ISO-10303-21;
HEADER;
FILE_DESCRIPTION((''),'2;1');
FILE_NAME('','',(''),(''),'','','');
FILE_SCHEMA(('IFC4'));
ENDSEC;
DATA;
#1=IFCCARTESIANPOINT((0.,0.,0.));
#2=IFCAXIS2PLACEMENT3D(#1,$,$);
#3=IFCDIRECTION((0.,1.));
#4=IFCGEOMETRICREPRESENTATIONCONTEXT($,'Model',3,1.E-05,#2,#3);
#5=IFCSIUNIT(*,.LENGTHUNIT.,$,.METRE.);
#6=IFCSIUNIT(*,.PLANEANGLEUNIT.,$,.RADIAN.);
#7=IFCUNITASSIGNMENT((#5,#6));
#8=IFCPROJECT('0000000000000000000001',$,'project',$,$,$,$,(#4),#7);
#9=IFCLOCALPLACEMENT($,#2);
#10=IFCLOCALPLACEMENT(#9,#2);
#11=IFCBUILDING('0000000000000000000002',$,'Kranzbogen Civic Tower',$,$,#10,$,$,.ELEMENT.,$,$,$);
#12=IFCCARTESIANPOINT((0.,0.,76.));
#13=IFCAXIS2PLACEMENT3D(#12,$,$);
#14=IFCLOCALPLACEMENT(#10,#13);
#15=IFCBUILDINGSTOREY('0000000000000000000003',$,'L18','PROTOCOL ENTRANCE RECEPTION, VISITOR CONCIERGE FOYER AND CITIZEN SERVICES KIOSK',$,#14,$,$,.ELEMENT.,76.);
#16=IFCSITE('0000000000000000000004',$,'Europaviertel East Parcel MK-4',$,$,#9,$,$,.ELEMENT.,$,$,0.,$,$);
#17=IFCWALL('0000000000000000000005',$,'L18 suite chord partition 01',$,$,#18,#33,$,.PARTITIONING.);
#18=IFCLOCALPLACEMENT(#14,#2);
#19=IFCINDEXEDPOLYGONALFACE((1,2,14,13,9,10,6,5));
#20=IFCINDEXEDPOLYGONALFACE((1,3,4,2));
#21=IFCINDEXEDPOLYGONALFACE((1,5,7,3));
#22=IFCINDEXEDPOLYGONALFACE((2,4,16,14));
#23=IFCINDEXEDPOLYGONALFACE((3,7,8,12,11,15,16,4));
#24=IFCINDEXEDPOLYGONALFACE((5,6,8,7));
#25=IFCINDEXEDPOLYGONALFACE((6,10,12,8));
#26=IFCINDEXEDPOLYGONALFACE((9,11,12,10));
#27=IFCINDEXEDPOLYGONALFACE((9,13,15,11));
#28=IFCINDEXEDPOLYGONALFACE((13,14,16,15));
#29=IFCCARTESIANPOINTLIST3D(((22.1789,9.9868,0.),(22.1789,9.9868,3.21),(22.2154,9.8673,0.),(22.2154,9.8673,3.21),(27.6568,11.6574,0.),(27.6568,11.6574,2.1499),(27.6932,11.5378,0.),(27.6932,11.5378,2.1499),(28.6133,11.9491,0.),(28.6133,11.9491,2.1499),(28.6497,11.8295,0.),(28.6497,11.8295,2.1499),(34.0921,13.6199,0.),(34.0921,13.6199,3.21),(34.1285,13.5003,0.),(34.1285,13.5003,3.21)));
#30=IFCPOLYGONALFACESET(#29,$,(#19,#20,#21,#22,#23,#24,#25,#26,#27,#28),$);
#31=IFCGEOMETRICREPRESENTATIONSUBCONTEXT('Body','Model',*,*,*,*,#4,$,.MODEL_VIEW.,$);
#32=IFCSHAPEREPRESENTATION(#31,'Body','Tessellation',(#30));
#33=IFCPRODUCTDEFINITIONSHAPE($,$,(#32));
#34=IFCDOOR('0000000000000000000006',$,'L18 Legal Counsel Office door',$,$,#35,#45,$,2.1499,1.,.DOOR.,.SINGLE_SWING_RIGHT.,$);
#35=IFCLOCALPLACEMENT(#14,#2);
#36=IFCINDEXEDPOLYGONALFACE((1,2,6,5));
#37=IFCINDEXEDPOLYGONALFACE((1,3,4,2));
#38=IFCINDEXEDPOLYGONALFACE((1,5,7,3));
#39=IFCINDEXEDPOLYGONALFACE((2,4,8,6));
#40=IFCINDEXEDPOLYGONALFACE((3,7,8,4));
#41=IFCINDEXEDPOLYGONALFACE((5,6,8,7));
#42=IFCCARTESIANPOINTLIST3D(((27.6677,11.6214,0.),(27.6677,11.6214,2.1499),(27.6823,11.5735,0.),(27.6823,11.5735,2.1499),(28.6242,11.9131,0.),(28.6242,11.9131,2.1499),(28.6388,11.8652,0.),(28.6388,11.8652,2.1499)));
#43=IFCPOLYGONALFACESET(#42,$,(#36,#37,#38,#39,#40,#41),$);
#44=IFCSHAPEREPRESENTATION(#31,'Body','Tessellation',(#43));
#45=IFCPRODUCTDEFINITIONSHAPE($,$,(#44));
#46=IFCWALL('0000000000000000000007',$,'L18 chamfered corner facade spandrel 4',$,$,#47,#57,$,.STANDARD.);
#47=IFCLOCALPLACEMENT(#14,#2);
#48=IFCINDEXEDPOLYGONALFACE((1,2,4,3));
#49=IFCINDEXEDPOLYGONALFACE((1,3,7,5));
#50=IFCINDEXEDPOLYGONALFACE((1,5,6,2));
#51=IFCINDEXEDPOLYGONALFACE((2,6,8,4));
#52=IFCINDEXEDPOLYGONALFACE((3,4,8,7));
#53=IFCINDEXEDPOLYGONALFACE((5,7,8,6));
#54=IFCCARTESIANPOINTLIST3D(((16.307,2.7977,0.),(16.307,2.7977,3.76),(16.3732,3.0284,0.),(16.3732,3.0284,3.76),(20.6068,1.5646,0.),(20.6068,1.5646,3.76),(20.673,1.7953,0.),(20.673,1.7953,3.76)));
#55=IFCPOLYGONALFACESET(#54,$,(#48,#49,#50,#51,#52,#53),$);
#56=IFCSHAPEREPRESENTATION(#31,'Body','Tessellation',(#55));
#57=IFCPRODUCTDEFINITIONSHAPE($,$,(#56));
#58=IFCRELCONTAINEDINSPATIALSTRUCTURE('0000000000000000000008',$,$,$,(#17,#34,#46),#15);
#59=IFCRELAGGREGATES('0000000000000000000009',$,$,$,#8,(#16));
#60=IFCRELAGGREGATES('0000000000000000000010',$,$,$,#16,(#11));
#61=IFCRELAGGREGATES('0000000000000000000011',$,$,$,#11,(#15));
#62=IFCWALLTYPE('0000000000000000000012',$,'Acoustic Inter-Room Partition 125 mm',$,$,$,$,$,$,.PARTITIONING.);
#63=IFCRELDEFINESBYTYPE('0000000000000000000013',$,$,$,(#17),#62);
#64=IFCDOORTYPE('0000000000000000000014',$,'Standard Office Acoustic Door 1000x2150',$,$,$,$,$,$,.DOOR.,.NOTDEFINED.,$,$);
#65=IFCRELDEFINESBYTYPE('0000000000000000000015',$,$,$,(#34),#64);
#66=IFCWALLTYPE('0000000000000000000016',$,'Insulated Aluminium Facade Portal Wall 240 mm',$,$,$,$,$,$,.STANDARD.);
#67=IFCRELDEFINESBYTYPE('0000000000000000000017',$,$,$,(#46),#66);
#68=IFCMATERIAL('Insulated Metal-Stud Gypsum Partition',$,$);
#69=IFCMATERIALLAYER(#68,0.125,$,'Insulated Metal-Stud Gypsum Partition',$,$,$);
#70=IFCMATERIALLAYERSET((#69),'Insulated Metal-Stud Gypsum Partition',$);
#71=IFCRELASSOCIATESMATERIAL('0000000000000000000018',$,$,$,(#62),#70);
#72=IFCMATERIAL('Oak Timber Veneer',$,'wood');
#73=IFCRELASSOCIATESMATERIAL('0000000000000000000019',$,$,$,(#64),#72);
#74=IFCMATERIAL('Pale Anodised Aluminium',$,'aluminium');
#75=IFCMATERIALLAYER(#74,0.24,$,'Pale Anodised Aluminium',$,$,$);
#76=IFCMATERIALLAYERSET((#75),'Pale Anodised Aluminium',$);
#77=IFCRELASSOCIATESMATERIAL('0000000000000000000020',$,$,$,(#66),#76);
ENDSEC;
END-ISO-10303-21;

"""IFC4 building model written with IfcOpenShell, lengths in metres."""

from ifc_helpers import new_model, si_unit, direction, frame, frame_2d, origin, place, context, subcontext, project, spatial, rectangle, extrude, material, layer, layer_set, type_object, element, fill, save


model = new_model("IFC4")

# Units and contexts
model_context = context("Model", 3, precision=1e-05, world=origin(), true_north=direction((0.0, 1.0)))
body_context = subcontext(model_context, "Body", "Model", "MODEL_VIEW")
ifc_project = project(units=[si_unit("LENGTHUNIT", "METRE"), si_unit("PLANEANGLEUNIT", "RADIAN")], contexts=[model_context])

# Site, building, storey
site_placement = place(None, origin())
site = spatial("IfcSite", under=ifc_project, at=site_placement, Name="Europaviertel East Parcel MK-4", CompositionType="ELEMENT", RefElevation=0.0)
building_placement = place(site_placement, origin())
building = spatial("IfcBuilding", under=site, at=building_placement, Name="Kranzbogen Civic Tower", CompositionType="ELEMENT")
storey_placement = place(building_placement, frame((0.0, 0.0, 76.0)))
storey = spatial("IfcBuildingStorey", under=building, at=storey_placement, Name="L18", Description="PROTOCOL ENTRANCE RECEPTION, VISITOR CONCIERGE FOYER AND CITIZEN SERVICES KIOSK", CompositionType="ELEMENT", Elevation=76.0)

# Shared definitions
ifc_material_1 = material(Name="Pale Anodised Aluminium", Category="aluminium")

# Wall, opening, door
ifc_material_2 = material(Name="Insulated Metal-Stud Gypsum Partition")
ifc_layer_1 = layer(ifc_material_2, 0.125, Name="Insulated Metal-Stud Gypsum Partition")
ifc_layer_set_1 = layer_set([ifc_layer_1], Name="Insulated Metal-Stud Gypsum Partition")
wall_type_1 = type_object("IfcWallType", Name="Acoustic Inter-Room Partition 125 mm", PredefinedType="PARTITIONING", material=ifc_layer_set_1)
wall_1_placement = place(storey_placement, frame((22.197, 9.927, 0.0), z_axis=(0.0, 0.0, 1.0), x_axis=(0.95651, 0.291701, 0.0)))
wall_1 = element("IfcWall", 1, at=wall_1_placement, inside=storey, type_object=wall_type_1, Name="L18 suite chord partition 01", PredefinedType="PARTITIONING", context=body_context, shape_type="SweptSolid", body=[
    extrude(rectangle(XDim=12.4548, YDim=0.125, at=frame_2d((6.2275, 0.0))), origin(), (0.0, 0.0, 1.0), 3.21),
])
opening_placement = place(wall_1_placement, frame((5.7271, 0.0, 0.0)))
opening = element("IfcOpeningElement", 2, at=opening_placement, cuts=wall_1, PredefinedType="OPENING", context=body_context, shape_type="SweptSolid", body=[
    extrude(rectangle(XDim=1.0, YDim=2.1499, at=frame_2d((0.5, 1.075))), frame((0.0, 0.0725, 0.0), z_axis=(0.0, -1.0, 0.0), x_axis=(1.0, 0.0, 0.0)), (0.0, 0.0, 1.0), 0.145),
])
ifc_material_3 = material(Name="Oak Timber Veneer", Category="wood")
door_type = type_object("IfcDoorType", Name="Standard Office Acoustic Door 1000x2150", OperationType="NOTDEFINED", PredefinedType="DOOR", material=ifc_material_3)
door_placement = place(opening_placement, origin())
door = element("IfcDoor", 3, at=door_placement, inside=storey, type_object=door_type, Name="L18 Legal Counsel Office door", OperationType="SINGLE_SWING_RIGHT", OverallHeight=2.1499, OverallWidth=1.0, PredefinedType="DOOR", context=body_context, shape_type="SweptSolid", body=[
    extrude(rectangle(XDim=1.0, YDim=2.1499, at=frame_2d((0.5, 1.075))), frame((0.0, 0.0249, 0.0), z_axis=(0.0, -1.0, 0.0), x_axis=(1.0, 0.0, 0.0)), (0.0, 0.0, 1.0), 0.05),
])
fill(opening, door)

# Wall
ifc_layer_2 = layer(ifc_material_1, 0.24, Name="Pale Anodised Aluminium")
ifc_layer_set_2 = layer_set([ifc_layer_2], Name="Pale Anodised Aluminium")
wall_type_2 = type_object("IfcWallType", Name="Insulated Aluminium Facade Portal Wall 240 mm", PredefinedType="STANDARD", material=ifc_layer_set_2)
wall_2_placement = place(storey_placement, frame((16.3401, 2.9131, 0.0), z_axis=(0.0, 0.0, 1.0), x_axis=(0.96125, -0.27568, 0.0)))
element("IfcWall", 4, at=wall_2_placement, inside=storey, type_object=wall_type_2, Name="L18 chamfered corner facade spandrel 4", PredefinedType="STANDARD", context=body_context, shape_type="SweptSolid", body=[
    extrude(rectangle(XDim=4.4731, YDim=0.24, at=frame_2d((2.2366, 0.0))), origin(), (0.0, 0.0, 1.0), 3.76),
])

save(model, "model.ifc")
